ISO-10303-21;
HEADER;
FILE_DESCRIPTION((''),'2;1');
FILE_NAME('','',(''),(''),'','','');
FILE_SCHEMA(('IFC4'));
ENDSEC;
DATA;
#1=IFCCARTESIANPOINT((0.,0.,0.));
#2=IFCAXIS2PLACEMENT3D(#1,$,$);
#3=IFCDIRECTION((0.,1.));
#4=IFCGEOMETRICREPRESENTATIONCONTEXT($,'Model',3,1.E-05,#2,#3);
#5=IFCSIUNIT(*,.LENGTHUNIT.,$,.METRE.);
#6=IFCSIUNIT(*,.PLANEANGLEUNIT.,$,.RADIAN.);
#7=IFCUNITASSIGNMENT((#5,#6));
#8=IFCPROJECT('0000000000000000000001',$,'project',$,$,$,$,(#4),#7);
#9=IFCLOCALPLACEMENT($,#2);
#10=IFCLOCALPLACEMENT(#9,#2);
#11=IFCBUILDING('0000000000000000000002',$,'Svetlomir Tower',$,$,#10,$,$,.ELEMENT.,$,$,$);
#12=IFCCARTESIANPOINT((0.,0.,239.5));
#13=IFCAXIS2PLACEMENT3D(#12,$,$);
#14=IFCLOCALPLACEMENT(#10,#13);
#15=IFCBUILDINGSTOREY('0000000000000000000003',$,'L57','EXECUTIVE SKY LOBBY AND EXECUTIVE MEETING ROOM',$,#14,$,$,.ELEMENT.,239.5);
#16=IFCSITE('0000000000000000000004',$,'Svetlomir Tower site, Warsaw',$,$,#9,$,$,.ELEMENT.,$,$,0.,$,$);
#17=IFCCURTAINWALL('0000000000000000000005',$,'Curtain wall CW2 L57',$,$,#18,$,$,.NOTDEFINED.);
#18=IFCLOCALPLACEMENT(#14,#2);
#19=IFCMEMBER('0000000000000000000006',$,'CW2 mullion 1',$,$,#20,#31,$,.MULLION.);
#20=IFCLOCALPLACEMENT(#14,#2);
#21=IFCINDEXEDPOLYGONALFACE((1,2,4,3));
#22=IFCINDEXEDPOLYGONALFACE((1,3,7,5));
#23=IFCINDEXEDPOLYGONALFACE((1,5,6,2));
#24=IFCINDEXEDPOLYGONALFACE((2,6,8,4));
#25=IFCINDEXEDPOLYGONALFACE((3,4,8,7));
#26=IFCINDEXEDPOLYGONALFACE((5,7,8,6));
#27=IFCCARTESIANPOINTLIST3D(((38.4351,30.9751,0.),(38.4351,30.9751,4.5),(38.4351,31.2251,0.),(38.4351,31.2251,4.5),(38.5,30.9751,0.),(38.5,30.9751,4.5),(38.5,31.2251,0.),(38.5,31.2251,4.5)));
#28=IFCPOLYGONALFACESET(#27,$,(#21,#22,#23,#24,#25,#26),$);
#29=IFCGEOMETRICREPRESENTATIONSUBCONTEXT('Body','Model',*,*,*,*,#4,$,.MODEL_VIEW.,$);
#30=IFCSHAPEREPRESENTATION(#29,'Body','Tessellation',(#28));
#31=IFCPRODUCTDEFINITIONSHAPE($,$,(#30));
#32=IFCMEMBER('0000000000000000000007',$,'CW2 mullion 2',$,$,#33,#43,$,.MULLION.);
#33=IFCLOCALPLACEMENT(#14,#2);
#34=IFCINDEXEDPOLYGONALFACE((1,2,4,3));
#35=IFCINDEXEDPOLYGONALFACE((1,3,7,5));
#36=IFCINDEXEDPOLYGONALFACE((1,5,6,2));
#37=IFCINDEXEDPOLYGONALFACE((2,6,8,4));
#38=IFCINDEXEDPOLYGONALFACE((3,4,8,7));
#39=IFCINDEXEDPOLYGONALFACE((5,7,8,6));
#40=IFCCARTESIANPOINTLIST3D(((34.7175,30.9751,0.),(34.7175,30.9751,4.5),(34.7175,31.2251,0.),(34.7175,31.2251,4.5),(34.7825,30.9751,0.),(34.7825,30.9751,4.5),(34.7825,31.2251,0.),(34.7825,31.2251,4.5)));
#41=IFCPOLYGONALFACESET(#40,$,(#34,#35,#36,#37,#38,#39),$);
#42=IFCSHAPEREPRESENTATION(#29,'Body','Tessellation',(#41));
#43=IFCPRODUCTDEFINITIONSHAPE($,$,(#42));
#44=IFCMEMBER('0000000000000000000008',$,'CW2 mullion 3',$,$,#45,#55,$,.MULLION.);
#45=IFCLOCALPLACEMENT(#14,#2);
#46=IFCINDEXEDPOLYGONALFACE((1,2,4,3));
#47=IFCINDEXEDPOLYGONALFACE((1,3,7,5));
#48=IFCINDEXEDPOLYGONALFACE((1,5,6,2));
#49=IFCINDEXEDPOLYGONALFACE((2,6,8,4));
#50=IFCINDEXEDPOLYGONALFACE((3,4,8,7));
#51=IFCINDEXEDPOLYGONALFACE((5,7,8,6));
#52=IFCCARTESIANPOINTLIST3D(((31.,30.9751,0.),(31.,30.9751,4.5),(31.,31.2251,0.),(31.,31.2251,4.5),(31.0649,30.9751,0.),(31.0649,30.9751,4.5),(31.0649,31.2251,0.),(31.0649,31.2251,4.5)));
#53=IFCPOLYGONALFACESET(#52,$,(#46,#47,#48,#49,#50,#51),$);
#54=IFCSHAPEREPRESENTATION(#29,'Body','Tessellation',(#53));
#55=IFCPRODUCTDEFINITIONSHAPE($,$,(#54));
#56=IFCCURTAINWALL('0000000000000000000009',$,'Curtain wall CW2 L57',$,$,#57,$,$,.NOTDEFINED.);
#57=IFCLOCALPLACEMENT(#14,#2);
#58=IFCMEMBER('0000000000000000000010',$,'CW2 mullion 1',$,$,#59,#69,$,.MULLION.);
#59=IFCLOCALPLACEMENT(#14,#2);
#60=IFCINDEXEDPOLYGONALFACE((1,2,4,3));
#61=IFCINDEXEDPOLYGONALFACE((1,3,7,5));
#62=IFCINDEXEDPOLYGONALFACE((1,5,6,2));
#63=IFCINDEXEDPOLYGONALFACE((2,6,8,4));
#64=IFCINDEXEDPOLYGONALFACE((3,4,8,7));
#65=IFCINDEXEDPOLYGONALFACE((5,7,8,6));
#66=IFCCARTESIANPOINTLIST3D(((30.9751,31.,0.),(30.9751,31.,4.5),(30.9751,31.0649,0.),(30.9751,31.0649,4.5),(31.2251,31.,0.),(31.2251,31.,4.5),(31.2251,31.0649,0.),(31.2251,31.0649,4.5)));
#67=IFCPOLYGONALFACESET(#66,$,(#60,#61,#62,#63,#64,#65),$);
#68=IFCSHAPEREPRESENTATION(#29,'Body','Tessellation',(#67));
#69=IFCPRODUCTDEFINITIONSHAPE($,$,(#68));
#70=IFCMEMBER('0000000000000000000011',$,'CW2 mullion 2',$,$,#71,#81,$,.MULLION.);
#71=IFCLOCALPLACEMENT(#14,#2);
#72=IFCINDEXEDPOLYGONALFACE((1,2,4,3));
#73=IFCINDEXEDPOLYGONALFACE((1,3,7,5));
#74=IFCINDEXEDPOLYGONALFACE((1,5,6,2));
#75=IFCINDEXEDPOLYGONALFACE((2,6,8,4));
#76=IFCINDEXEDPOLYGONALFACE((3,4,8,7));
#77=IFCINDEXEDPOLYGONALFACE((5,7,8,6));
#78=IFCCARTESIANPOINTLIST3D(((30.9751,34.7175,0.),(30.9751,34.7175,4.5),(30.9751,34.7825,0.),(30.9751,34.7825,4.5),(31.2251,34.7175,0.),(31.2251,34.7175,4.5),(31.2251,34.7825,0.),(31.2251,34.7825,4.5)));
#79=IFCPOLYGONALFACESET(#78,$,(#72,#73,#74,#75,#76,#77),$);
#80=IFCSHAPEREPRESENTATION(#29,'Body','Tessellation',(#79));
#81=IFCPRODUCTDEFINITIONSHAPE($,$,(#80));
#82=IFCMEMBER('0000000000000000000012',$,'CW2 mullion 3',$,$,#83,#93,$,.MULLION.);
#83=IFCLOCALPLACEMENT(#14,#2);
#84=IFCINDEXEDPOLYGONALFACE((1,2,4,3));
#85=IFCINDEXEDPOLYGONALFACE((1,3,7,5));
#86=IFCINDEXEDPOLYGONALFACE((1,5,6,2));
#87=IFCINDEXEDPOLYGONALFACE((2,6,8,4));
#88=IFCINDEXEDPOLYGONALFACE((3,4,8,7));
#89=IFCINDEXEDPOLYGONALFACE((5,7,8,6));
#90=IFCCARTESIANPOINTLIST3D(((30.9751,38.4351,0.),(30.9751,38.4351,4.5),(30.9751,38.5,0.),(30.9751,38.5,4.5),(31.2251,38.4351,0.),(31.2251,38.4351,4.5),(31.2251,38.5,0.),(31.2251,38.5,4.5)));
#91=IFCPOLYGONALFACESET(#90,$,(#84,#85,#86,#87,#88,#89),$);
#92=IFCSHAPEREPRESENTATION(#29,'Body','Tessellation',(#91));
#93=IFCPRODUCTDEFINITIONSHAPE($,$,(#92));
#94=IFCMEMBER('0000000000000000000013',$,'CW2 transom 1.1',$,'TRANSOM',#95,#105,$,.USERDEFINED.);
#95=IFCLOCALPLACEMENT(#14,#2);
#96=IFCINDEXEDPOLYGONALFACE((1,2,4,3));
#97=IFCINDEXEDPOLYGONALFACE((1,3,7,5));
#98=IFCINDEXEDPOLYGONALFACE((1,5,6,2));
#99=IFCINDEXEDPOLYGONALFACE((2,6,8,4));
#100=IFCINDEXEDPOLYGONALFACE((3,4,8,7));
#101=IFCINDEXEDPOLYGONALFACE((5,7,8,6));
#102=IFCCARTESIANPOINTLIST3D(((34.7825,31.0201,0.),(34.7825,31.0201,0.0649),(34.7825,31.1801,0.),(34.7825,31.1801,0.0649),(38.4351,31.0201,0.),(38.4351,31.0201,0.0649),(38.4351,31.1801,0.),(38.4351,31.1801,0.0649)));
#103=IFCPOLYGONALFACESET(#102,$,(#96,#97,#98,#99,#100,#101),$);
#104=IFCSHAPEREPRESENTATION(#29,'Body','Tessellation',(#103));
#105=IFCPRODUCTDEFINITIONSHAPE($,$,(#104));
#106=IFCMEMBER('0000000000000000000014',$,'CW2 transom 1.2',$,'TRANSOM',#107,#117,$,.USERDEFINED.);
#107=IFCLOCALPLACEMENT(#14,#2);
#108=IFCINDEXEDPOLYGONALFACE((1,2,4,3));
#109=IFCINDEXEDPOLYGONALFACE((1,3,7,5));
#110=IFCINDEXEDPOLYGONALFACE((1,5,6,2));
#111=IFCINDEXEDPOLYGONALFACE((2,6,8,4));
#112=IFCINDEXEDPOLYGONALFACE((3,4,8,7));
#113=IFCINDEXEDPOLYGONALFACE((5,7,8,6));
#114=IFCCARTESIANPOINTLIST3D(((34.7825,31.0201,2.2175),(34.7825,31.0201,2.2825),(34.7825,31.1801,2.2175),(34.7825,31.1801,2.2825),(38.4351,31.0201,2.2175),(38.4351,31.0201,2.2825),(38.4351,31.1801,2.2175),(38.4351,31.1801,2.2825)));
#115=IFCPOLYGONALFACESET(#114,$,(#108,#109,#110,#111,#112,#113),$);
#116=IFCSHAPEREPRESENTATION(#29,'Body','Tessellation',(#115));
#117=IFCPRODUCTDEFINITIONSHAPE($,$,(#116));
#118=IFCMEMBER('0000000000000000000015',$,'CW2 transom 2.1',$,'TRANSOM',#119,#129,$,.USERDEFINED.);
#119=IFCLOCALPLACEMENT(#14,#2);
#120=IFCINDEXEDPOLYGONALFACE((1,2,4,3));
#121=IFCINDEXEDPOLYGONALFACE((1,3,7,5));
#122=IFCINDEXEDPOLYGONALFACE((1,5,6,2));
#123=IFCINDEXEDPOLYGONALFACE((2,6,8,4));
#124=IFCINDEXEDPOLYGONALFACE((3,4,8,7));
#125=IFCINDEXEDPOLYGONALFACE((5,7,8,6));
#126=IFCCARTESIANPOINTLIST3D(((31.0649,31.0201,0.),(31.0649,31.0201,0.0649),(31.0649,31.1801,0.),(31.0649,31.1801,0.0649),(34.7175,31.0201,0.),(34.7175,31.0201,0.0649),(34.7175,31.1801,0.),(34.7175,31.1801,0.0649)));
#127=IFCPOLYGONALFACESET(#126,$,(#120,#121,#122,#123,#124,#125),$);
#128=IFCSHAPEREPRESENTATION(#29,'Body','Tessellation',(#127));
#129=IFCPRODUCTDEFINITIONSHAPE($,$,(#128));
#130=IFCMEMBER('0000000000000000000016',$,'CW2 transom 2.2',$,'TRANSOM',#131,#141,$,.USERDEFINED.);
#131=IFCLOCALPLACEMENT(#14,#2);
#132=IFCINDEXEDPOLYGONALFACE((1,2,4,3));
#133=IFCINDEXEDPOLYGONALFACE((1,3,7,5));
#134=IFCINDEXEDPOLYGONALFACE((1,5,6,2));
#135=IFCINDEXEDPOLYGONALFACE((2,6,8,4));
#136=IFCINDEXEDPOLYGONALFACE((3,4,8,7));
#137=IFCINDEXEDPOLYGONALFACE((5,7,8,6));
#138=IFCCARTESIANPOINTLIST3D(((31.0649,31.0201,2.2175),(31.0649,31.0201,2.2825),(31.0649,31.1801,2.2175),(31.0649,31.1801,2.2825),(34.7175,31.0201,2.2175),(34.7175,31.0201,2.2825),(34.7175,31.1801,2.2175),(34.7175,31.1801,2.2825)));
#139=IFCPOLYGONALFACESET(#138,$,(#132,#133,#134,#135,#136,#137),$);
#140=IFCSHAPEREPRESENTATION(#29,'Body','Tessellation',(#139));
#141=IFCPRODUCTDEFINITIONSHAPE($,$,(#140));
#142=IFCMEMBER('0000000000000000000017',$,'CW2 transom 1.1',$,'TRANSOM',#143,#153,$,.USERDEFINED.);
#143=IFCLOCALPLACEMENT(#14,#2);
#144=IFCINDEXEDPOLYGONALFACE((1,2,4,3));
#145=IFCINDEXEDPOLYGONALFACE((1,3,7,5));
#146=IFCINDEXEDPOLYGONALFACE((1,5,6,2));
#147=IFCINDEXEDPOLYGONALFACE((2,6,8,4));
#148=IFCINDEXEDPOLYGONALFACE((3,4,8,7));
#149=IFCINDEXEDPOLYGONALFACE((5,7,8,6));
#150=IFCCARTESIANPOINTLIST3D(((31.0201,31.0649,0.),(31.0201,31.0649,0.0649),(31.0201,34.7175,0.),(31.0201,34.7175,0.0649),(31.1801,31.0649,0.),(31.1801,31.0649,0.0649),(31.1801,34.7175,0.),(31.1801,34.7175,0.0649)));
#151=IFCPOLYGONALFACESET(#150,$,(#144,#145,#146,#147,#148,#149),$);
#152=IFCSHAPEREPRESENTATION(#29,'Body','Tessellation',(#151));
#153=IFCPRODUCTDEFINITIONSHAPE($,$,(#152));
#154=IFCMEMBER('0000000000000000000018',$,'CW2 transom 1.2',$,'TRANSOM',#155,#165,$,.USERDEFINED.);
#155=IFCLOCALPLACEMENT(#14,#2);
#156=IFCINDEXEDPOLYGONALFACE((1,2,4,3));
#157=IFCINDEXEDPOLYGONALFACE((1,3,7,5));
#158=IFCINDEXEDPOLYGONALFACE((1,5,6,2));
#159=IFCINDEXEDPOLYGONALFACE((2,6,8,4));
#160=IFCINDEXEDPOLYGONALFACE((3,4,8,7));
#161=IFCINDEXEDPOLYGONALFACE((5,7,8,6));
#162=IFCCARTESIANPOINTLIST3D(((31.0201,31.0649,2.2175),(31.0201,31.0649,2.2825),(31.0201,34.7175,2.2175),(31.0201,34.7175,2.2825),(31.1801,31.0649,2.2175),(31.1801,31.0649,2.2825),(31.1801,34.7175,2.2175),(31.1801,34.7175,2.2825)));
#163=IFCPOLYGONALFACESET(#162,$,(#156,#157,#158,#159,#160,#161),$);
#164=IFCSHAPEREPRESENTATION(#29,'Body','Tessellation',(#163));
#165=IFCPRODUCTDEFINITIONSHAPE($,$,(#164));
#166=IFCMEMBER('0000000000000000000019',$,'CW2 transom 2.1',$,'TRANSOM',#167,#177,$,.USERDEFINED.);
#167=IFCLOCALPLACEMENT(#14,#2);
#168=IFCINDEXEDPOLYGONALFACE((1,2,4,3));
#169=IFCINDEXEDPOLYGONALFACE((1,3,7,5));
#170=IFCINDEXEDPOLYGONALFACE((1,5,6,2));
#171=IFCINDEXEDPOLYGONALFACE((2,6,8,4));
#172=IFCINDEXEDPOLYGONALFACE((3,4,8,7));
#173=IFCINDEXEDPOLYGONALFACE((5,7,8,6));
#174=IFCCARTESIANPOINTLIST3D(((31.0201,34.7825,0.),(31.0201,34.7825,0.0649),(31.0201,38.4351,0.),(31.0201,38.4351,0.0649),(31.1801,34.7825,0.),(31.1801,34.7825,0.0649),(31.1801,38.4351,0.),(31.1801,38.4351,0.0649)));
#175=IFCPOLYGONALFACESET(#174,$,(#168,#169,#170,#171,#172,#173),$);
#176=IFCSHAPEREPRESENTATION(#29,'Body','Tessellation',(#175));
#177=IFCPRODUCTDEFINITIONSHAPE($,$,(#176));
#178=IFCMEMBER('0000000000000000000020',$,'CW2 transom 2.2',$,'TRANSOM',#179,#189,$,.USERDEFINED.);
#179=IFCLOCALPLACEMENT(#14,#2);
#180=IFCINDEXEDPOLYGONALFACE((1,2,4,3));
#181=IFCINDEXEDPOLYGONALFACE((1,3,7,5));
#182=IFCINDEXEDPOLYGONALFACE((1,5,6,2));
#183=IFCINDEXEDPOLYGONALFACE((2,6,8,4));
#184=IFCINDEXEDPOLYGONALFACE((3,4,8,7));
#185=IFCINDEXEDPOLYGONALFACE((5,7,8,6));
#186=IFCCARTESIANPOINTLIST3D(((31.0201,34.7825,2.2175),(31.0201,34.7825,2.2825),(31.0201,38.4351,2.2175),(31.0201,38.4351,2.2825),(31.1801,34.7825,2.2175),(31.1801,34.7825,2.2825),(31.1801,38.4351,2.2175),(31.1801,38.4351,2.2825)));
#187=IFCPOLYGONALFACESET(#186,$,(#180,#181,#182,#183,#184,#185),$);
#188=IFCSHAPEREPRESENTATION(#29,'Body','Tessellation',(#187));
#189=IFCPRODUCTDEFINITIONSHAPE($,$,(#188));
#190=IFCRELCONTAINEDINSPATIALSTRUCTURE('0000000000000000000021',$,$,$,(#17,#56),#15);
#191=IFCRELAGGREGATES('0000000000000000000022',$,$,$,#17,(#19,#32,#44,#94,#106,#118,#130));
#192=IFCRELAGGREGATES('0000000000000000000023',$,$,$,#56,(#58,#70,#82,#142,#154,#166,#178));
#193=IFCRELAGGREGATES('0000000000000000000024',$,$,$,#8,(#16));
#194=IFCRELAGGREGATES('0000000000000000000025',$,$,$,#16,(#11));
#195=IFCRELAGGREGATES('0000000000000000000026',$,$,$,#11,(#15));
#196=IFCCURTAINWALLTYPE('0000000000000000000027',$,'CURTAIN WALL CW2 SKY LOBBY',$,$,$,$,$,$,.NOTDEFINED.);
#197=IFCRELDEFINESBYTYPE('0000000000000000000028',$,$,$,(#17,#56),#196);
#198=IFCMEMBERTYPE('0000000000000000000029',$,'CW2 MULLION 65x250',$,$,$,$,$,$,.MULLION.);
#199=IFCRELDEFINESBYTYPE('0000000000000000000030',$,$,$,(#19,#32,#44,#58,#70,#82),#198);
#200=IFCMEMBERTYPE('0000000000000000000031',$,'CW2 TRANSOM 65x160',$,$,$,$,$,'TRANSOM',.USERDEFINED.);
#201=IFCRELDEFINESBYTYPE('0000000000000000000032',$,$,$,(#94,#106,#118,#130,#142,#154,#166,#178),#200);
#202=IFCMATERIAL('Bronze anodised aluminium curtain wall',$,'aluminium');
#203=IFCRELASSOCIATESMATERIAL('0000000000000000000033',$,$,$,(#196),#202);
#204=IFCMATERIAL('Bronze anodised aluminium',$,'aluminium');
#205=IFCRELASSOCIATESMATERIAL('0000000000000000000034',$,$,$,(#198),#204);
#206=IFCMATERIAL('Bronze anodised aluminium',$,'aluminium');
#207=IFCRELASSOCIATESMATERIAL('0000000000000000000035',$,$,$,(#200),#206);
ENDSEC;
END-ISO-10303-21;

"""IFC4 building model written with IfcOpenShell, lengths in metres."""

from ifc_helpers import new_model, si_unit, direction, frame, origin, origin_2d, place, context, subcontext, project, spatial, rectangle, extrude, material, material_profile, profile_set, type_object, element, aggregate, save


model = new_model("IFC4")

# Units and contexts
model_context = context("Model", 3, precision=1e-05, world=origin(), true_north=direction((0.0, 1.0)))
body_context = subcontext(model_context, "Body", "Model", "MODEL_VIEW")
ifc_project = project(units=[si_unit("LENGTHUNIT", "METRE"), si_unit("PLANEANGLEUNIT", "RADIAN")], contexts=[model_context])

# Site, building, storey
site_placement = place(None, origin())
site = spatial("IfcSite", under=ifc_project, at=site_placement, Name="Svetlomir Tower site, Warsaw", CompositionType="ELEMENT", RefElevation=0.0)
building_placement = place(site_placement, origin())
building = spatial("IfcBuilding", under=site, at=building_placement, Name="Svetlomir Tower", CompositionType="ELEMENT")
storey_placement = place(building_placement, frame((0.0, 0.0, 239.5)))
storey = spatial("IfcBuildingStorey", under=building, at=storey_placement, Name="L57", Description="EXECUTIVE SKY LOBBY AND EXECUTIVE MEETING ROOM", CompositionType="ELEMENT", Elevation=239.5)

# Curtain walls, members
ifc_material_1 = material(Name="Bronze anodised aluminium curtain wall", Category="aluminium")
curtain_wall_type = type_object("IfcCurtainWallType", Name="CURTAIN WALL CW2 SKY LOBBY", PredefinedType="NOTDEFINED", material=ifc_material_1)
curtain_wall_1_placement = place(storey_placement, origin())
curtain_wall_1 = element("IfcCurtainWall", 1, at=curtain_wall_1_placement, inside=storey, type_object=curtain_wall_type, Name="Curtain wall CW2 L57", PredefinedType="NOTDEFINED")
ifc_material_2 = material(Name="Bronze anodised aluminium", Category="aluminium")
ifc_material_profile_1 = material_profile(ifc_material_2, rectangle(XDim=0.0649, YDim=0.25, at=origin_2d()), Name="AL 65x250")
ifc_profile_set_1 = profile_set([ifc_material_profile_1], Name="Bronze anodised aluminium 6063-T6")
member_type_1 = type_object("IfcMemberType", Name="CW2 MULLION 65x250", PredefinedType="MULLION", material=ifc_profile_set_1)
member_1_placement = place(storey_placement, frame((38.4675, 31.1001, 0.0), z_axis=(0.0, 0.0, 1.0), x_axis=(-1.0, 0.0, 0.0)))
member_1 = element("IfcMember", 2, at=member_1_placement, type_object=member_type_1, Name="CW2 mullion 1", PredefinedType="MULLION", context=body_context, shape_type="SweptSolid", body=[
    extrude(rectangle(XDim=0.0649, YDim=0.25, at=origin_2d()), origin(), (0.0, 0.0, 1.0), 4.5),
])
member_2_placement = place(storey_placement, frame((34.75, 31.1001, 0.0), z_axis=(0.0, 0.0, 1.0), x_axis=(-1.0, 0.0, 0.0)))
member_2 = element("IfcMember", 3, at=member_2_placement, type_object=member_type_1, Name="CW2 mullion 2", PredefinedType="MULLION", context=body_context, shape_type="SweptSolid", body=[
    extrude(rectangle(XDim=0.0649, YDim=0.25, at=origin_2d()), origin(), (0.0, 0.0, 1.0), 4.5),
])
member_3_placement = place(storey_placement, frame((31.0325, 31.1001, 0.0), z_axis=(0.0, 0.0, 1.0), x_axis=(-1.0, 0.0, 0.0)))
member_3 = element("IfcMember", 4, at=member_3_placement, type_object=member_type_1, Name="CW2 mullion 3", PredefinedType="MULLION", context=body_context, shape_type="SweptSolid", body=[
    extrude(rectangle(XDim=0.0649, YDim=0.25, at=origin_2d()), origin(), (0.0, 0.0, 1.0), 4.5),
])
curtain_wall_2_placement = place(storey_placement, origin())
curtain_wall_2 = element("IfcCurtainWall", 5, at=curtain_wall_2_placement, inside=storey, type_object=curtain_wall_type, Name="Curtain wall CW2 L57", PredefinedType="NOTDEFINED")
member_4_placement = place(storey_placement, frame((31.1001, 31.0325, 0.0), z_axis=(0.0, 0.0, 1.0), x_axis=(0.0, 1.0, 0.0)))
member_4 = element("IfcMember", 6, at=member_4_placement, type_object=member_type_1, Name="CW2 mullion 1", PredefinedType="MULLION", context=body_context, shape_type="SweptSolid", body=[
    extrude(rectangle(XDim=0.0649, YDim=0.25, at=origin_2d()), origin(), (0.0, 0.0, 1.0), 4.5),
])
member_5_placement = place(storey_placement, frame((31.1001, 34.75, 0.0), z_axis=(0.0, 0.0, 1.0), x_axis=(0.0, 1.0, 0.0)))
member_5 = element("IfcMember", 7, at=member_5_placement, type_object=member_type_1, Name="CW2 mullion 2", PredefinedType="MULLION", context=body_context, shape_type="SweptSolid", body=[
    extrude(rectangle(XDim=0.0649, YDim=0.25, at=origin_2d()), origin(), (0.0, 0.0, 1.0), 4.5),
])
member_6_placement = place(storey_placement, frame((31.1001, 38.4675, 0.0), z_axis=(0.0, 0.0, 1.0), x_axis=(0.0, 1.0, 0.0)))
member_6 = element("IfcMember", 8, at=member_6_placement, type_object=member_type_1, Name="CW2 mullion 3", PredefinedType="MULLION", context=body_context, shape_type="SweptSolid", body=[
    extrude(rectangle(XDim=0.0649, YDim=0.25, at=origin_2d()), origin(), (0.0, 0.0, 1.0), 4.5),
])

# Members
ifc_material_3 = material(Name="Bronze anodised aluminium", Category="aluminium")
ifc_material_profile_2 = material_profile(ifc_material_3, rectangle(XDim=0.1599, YDim=0.0649, at=origin_2d()), Name="AL 160x65")
ifc_profile_set_2 = profile_set([ifc_material_profile_2], Name="Bronze anodised aluminium 6063-T6")
member_type_2 = type_object("IfcMemberType", Name="CW2 TRANSOM 65x160", ElementType="TRANSOM", PredefinedType="USERDEFINED", material=ifc_profile_set_2)
member_7_placement = place(storey_placement, frame((38.4351, 31.1001, 0.0325), z_axis=(-1.0, 0.0, 0.0), x_axis=(0.0, -1.0, 0.0)))
member_7 = element("IfcMember", 9, at=member_7_placement, type_object=member_type_2, Name="CW2 transom 1.1", ObjectType="TRANSOM", PredefinedType="USERDEFINED", context=body_context, shape_type="SweptSolid", body=[
    extrude(rectangle(XDim=0.1599, YDim=0.0649, at=origin_2d()), origin(), (0.0, 0.0, 1.0), 3.6526),
])
member_8_placement = place(storey_placement, frame((38.4351, 31.1001, 2.25), z_axis=(-1.0, 0.0, 0.0), x_axis=(0.0, -1.0, 0.0)))
member_8 = element("IfcMember", 10, at=member_8_placement, type_object=member_type_2, Name="CW2 transom 1.2", ObjectType="TRANSOM", PredefinedType="USERDEFINED", context=body_context, shape_type="SweptSolid", body=[
    extrude(rectangle(XDim=0.1599, YDim=0.0649, at=origin_2d()), origin(), (0.0, 0.0, 1.0), 3.6526),
])
member_9_placement = place(storey_placement, frame((34.7175, 31.1001, 0.0325), z_axis=(-1.0, 0.0, 0.0), x_axis=(0.0, -1.0, 0.0)))
member_9 = element("IfcMember", 11, at=member_9_placement, type_object=member_type_2, Name="CW2 transom 2.1", ObjectType="TRANSOM", PredefinedType="USERDEFINED", context=body_context, shape_type="SweptSolid", body=[
    extrude(rectangle(XDim=0.1599, YDim=0.0649, at=origin_2d()), origin(), (0.0, 0.0, 1.0), 3.6526),
])
member_10_placement = place(storey_placement, frame((34.7175, 31.1001, 2.25), z_axis=(-1.0, 0.0, 0.0), x_axis=(0.0, -1.0, 0.0)))
member_10 = element("IfcMember", 12, at=member_10_placement, type_object=member_type_2, Name="CW2 transom 2.2", ObjectType="TRANSOM", PredefinedType="USERDEFINED", context=body_context, shape_type="SweptSolid", body=[
    extrude(rectangle(XDim=0.1599, YDim=0.0649, at=origin_2d()), origin(), (0.0, 0.0, 1.0), 3.6526),
])
member_11_placement = place(storey_placement, frame((31.1001, 31.0649, 0.0325), z_axis=(0.0, 1.0, 0.0), x_axis=(-1.0, 0.0, 0.0)))
member_11 = element("IfcMember", 13, at=member_11_placement, type_object=member_type_2, Name="CW2 transom 1.1", ObjectType="TRANSOM", PredefinedType="USERDEFINED", context=body_context, shape_type="SweptSolid", body=[
    extrude(rectangle(XDim=0.1599, YDim=0.0649, at=origin_2d()), origin(), (0.0, 0.0, 1.0), 3.6526),
])
member_12_placement = place(storey_placement, frame((31.1001, 31.0649, 2.25), z_axis=(0.0, 1.0, 0.0), x_axis=(-1.0, 0.0, 0.0)))
member_12 = element("IfcMember", 14, at=member_12_placement, type_object=member_type_2, Name="CW2 transom 1.2", ObjectType="TRANSOM", PredefinedType="USERDEFINED", context=body_context, shape_type="SweptSolid", body=[
    extrude(rectangle(XDim=0.1599, YDim=0.0649, at=origin_2d()), origin(), (0.0, 0.0, 1.0), 3.6526),
])
member_13_placement = place(storey_placement, frame((31.1001, 34.7825, 0.0325), z_axis=(0.0, 1.0, 0.0), x_axis=(-1.0, 0.0, 0.0)))
member_13 = element("IfcMember", 15, at=member_13_placement, type_object=member_type_2, Name="CW2 transom 2.1", ObjectType="TRANSOM", PredefinedType="USERDEFINED", context=body_context, shape_type="SweptSolid", body=[
    extrude(rectangle(XDim=0.1599, YDim=0.0649, at=origin_2d()), origin(), (0.0, 0.0, 1.0), 3.6526),
])
member_14_placement = place(storey_placement, frame((31.1001, 34.7825, 2.25), z_axis=(0.0, 1.0, 0.0), x_axis=(-1.0, 0.0, 0.0)))
member_14 = element("IfcMember", 16, at=member_14_placement, type_object=member_type_2, Name="CW2 transom 2.2", ObjectType="TRANSOM", PredefinedType="USERDEFINED", context=body_context, shape_type="SweptSolid", body=[
    extrude(rectangle(XDim=0.1599, YDim=0.0649, at=origin_2d()), origin(), (0.0, 0.0, 1.0), 3.6526),
])

aggregate(curtain_wall_1, [member_1, member_2, member_3, member_7, member_8, member_9, member_10])
aggregate(curtain_wall_2, [member_4, member_5, member_6, member_11, member_12, member_13, member_14])

save(model, "model.ifc")
